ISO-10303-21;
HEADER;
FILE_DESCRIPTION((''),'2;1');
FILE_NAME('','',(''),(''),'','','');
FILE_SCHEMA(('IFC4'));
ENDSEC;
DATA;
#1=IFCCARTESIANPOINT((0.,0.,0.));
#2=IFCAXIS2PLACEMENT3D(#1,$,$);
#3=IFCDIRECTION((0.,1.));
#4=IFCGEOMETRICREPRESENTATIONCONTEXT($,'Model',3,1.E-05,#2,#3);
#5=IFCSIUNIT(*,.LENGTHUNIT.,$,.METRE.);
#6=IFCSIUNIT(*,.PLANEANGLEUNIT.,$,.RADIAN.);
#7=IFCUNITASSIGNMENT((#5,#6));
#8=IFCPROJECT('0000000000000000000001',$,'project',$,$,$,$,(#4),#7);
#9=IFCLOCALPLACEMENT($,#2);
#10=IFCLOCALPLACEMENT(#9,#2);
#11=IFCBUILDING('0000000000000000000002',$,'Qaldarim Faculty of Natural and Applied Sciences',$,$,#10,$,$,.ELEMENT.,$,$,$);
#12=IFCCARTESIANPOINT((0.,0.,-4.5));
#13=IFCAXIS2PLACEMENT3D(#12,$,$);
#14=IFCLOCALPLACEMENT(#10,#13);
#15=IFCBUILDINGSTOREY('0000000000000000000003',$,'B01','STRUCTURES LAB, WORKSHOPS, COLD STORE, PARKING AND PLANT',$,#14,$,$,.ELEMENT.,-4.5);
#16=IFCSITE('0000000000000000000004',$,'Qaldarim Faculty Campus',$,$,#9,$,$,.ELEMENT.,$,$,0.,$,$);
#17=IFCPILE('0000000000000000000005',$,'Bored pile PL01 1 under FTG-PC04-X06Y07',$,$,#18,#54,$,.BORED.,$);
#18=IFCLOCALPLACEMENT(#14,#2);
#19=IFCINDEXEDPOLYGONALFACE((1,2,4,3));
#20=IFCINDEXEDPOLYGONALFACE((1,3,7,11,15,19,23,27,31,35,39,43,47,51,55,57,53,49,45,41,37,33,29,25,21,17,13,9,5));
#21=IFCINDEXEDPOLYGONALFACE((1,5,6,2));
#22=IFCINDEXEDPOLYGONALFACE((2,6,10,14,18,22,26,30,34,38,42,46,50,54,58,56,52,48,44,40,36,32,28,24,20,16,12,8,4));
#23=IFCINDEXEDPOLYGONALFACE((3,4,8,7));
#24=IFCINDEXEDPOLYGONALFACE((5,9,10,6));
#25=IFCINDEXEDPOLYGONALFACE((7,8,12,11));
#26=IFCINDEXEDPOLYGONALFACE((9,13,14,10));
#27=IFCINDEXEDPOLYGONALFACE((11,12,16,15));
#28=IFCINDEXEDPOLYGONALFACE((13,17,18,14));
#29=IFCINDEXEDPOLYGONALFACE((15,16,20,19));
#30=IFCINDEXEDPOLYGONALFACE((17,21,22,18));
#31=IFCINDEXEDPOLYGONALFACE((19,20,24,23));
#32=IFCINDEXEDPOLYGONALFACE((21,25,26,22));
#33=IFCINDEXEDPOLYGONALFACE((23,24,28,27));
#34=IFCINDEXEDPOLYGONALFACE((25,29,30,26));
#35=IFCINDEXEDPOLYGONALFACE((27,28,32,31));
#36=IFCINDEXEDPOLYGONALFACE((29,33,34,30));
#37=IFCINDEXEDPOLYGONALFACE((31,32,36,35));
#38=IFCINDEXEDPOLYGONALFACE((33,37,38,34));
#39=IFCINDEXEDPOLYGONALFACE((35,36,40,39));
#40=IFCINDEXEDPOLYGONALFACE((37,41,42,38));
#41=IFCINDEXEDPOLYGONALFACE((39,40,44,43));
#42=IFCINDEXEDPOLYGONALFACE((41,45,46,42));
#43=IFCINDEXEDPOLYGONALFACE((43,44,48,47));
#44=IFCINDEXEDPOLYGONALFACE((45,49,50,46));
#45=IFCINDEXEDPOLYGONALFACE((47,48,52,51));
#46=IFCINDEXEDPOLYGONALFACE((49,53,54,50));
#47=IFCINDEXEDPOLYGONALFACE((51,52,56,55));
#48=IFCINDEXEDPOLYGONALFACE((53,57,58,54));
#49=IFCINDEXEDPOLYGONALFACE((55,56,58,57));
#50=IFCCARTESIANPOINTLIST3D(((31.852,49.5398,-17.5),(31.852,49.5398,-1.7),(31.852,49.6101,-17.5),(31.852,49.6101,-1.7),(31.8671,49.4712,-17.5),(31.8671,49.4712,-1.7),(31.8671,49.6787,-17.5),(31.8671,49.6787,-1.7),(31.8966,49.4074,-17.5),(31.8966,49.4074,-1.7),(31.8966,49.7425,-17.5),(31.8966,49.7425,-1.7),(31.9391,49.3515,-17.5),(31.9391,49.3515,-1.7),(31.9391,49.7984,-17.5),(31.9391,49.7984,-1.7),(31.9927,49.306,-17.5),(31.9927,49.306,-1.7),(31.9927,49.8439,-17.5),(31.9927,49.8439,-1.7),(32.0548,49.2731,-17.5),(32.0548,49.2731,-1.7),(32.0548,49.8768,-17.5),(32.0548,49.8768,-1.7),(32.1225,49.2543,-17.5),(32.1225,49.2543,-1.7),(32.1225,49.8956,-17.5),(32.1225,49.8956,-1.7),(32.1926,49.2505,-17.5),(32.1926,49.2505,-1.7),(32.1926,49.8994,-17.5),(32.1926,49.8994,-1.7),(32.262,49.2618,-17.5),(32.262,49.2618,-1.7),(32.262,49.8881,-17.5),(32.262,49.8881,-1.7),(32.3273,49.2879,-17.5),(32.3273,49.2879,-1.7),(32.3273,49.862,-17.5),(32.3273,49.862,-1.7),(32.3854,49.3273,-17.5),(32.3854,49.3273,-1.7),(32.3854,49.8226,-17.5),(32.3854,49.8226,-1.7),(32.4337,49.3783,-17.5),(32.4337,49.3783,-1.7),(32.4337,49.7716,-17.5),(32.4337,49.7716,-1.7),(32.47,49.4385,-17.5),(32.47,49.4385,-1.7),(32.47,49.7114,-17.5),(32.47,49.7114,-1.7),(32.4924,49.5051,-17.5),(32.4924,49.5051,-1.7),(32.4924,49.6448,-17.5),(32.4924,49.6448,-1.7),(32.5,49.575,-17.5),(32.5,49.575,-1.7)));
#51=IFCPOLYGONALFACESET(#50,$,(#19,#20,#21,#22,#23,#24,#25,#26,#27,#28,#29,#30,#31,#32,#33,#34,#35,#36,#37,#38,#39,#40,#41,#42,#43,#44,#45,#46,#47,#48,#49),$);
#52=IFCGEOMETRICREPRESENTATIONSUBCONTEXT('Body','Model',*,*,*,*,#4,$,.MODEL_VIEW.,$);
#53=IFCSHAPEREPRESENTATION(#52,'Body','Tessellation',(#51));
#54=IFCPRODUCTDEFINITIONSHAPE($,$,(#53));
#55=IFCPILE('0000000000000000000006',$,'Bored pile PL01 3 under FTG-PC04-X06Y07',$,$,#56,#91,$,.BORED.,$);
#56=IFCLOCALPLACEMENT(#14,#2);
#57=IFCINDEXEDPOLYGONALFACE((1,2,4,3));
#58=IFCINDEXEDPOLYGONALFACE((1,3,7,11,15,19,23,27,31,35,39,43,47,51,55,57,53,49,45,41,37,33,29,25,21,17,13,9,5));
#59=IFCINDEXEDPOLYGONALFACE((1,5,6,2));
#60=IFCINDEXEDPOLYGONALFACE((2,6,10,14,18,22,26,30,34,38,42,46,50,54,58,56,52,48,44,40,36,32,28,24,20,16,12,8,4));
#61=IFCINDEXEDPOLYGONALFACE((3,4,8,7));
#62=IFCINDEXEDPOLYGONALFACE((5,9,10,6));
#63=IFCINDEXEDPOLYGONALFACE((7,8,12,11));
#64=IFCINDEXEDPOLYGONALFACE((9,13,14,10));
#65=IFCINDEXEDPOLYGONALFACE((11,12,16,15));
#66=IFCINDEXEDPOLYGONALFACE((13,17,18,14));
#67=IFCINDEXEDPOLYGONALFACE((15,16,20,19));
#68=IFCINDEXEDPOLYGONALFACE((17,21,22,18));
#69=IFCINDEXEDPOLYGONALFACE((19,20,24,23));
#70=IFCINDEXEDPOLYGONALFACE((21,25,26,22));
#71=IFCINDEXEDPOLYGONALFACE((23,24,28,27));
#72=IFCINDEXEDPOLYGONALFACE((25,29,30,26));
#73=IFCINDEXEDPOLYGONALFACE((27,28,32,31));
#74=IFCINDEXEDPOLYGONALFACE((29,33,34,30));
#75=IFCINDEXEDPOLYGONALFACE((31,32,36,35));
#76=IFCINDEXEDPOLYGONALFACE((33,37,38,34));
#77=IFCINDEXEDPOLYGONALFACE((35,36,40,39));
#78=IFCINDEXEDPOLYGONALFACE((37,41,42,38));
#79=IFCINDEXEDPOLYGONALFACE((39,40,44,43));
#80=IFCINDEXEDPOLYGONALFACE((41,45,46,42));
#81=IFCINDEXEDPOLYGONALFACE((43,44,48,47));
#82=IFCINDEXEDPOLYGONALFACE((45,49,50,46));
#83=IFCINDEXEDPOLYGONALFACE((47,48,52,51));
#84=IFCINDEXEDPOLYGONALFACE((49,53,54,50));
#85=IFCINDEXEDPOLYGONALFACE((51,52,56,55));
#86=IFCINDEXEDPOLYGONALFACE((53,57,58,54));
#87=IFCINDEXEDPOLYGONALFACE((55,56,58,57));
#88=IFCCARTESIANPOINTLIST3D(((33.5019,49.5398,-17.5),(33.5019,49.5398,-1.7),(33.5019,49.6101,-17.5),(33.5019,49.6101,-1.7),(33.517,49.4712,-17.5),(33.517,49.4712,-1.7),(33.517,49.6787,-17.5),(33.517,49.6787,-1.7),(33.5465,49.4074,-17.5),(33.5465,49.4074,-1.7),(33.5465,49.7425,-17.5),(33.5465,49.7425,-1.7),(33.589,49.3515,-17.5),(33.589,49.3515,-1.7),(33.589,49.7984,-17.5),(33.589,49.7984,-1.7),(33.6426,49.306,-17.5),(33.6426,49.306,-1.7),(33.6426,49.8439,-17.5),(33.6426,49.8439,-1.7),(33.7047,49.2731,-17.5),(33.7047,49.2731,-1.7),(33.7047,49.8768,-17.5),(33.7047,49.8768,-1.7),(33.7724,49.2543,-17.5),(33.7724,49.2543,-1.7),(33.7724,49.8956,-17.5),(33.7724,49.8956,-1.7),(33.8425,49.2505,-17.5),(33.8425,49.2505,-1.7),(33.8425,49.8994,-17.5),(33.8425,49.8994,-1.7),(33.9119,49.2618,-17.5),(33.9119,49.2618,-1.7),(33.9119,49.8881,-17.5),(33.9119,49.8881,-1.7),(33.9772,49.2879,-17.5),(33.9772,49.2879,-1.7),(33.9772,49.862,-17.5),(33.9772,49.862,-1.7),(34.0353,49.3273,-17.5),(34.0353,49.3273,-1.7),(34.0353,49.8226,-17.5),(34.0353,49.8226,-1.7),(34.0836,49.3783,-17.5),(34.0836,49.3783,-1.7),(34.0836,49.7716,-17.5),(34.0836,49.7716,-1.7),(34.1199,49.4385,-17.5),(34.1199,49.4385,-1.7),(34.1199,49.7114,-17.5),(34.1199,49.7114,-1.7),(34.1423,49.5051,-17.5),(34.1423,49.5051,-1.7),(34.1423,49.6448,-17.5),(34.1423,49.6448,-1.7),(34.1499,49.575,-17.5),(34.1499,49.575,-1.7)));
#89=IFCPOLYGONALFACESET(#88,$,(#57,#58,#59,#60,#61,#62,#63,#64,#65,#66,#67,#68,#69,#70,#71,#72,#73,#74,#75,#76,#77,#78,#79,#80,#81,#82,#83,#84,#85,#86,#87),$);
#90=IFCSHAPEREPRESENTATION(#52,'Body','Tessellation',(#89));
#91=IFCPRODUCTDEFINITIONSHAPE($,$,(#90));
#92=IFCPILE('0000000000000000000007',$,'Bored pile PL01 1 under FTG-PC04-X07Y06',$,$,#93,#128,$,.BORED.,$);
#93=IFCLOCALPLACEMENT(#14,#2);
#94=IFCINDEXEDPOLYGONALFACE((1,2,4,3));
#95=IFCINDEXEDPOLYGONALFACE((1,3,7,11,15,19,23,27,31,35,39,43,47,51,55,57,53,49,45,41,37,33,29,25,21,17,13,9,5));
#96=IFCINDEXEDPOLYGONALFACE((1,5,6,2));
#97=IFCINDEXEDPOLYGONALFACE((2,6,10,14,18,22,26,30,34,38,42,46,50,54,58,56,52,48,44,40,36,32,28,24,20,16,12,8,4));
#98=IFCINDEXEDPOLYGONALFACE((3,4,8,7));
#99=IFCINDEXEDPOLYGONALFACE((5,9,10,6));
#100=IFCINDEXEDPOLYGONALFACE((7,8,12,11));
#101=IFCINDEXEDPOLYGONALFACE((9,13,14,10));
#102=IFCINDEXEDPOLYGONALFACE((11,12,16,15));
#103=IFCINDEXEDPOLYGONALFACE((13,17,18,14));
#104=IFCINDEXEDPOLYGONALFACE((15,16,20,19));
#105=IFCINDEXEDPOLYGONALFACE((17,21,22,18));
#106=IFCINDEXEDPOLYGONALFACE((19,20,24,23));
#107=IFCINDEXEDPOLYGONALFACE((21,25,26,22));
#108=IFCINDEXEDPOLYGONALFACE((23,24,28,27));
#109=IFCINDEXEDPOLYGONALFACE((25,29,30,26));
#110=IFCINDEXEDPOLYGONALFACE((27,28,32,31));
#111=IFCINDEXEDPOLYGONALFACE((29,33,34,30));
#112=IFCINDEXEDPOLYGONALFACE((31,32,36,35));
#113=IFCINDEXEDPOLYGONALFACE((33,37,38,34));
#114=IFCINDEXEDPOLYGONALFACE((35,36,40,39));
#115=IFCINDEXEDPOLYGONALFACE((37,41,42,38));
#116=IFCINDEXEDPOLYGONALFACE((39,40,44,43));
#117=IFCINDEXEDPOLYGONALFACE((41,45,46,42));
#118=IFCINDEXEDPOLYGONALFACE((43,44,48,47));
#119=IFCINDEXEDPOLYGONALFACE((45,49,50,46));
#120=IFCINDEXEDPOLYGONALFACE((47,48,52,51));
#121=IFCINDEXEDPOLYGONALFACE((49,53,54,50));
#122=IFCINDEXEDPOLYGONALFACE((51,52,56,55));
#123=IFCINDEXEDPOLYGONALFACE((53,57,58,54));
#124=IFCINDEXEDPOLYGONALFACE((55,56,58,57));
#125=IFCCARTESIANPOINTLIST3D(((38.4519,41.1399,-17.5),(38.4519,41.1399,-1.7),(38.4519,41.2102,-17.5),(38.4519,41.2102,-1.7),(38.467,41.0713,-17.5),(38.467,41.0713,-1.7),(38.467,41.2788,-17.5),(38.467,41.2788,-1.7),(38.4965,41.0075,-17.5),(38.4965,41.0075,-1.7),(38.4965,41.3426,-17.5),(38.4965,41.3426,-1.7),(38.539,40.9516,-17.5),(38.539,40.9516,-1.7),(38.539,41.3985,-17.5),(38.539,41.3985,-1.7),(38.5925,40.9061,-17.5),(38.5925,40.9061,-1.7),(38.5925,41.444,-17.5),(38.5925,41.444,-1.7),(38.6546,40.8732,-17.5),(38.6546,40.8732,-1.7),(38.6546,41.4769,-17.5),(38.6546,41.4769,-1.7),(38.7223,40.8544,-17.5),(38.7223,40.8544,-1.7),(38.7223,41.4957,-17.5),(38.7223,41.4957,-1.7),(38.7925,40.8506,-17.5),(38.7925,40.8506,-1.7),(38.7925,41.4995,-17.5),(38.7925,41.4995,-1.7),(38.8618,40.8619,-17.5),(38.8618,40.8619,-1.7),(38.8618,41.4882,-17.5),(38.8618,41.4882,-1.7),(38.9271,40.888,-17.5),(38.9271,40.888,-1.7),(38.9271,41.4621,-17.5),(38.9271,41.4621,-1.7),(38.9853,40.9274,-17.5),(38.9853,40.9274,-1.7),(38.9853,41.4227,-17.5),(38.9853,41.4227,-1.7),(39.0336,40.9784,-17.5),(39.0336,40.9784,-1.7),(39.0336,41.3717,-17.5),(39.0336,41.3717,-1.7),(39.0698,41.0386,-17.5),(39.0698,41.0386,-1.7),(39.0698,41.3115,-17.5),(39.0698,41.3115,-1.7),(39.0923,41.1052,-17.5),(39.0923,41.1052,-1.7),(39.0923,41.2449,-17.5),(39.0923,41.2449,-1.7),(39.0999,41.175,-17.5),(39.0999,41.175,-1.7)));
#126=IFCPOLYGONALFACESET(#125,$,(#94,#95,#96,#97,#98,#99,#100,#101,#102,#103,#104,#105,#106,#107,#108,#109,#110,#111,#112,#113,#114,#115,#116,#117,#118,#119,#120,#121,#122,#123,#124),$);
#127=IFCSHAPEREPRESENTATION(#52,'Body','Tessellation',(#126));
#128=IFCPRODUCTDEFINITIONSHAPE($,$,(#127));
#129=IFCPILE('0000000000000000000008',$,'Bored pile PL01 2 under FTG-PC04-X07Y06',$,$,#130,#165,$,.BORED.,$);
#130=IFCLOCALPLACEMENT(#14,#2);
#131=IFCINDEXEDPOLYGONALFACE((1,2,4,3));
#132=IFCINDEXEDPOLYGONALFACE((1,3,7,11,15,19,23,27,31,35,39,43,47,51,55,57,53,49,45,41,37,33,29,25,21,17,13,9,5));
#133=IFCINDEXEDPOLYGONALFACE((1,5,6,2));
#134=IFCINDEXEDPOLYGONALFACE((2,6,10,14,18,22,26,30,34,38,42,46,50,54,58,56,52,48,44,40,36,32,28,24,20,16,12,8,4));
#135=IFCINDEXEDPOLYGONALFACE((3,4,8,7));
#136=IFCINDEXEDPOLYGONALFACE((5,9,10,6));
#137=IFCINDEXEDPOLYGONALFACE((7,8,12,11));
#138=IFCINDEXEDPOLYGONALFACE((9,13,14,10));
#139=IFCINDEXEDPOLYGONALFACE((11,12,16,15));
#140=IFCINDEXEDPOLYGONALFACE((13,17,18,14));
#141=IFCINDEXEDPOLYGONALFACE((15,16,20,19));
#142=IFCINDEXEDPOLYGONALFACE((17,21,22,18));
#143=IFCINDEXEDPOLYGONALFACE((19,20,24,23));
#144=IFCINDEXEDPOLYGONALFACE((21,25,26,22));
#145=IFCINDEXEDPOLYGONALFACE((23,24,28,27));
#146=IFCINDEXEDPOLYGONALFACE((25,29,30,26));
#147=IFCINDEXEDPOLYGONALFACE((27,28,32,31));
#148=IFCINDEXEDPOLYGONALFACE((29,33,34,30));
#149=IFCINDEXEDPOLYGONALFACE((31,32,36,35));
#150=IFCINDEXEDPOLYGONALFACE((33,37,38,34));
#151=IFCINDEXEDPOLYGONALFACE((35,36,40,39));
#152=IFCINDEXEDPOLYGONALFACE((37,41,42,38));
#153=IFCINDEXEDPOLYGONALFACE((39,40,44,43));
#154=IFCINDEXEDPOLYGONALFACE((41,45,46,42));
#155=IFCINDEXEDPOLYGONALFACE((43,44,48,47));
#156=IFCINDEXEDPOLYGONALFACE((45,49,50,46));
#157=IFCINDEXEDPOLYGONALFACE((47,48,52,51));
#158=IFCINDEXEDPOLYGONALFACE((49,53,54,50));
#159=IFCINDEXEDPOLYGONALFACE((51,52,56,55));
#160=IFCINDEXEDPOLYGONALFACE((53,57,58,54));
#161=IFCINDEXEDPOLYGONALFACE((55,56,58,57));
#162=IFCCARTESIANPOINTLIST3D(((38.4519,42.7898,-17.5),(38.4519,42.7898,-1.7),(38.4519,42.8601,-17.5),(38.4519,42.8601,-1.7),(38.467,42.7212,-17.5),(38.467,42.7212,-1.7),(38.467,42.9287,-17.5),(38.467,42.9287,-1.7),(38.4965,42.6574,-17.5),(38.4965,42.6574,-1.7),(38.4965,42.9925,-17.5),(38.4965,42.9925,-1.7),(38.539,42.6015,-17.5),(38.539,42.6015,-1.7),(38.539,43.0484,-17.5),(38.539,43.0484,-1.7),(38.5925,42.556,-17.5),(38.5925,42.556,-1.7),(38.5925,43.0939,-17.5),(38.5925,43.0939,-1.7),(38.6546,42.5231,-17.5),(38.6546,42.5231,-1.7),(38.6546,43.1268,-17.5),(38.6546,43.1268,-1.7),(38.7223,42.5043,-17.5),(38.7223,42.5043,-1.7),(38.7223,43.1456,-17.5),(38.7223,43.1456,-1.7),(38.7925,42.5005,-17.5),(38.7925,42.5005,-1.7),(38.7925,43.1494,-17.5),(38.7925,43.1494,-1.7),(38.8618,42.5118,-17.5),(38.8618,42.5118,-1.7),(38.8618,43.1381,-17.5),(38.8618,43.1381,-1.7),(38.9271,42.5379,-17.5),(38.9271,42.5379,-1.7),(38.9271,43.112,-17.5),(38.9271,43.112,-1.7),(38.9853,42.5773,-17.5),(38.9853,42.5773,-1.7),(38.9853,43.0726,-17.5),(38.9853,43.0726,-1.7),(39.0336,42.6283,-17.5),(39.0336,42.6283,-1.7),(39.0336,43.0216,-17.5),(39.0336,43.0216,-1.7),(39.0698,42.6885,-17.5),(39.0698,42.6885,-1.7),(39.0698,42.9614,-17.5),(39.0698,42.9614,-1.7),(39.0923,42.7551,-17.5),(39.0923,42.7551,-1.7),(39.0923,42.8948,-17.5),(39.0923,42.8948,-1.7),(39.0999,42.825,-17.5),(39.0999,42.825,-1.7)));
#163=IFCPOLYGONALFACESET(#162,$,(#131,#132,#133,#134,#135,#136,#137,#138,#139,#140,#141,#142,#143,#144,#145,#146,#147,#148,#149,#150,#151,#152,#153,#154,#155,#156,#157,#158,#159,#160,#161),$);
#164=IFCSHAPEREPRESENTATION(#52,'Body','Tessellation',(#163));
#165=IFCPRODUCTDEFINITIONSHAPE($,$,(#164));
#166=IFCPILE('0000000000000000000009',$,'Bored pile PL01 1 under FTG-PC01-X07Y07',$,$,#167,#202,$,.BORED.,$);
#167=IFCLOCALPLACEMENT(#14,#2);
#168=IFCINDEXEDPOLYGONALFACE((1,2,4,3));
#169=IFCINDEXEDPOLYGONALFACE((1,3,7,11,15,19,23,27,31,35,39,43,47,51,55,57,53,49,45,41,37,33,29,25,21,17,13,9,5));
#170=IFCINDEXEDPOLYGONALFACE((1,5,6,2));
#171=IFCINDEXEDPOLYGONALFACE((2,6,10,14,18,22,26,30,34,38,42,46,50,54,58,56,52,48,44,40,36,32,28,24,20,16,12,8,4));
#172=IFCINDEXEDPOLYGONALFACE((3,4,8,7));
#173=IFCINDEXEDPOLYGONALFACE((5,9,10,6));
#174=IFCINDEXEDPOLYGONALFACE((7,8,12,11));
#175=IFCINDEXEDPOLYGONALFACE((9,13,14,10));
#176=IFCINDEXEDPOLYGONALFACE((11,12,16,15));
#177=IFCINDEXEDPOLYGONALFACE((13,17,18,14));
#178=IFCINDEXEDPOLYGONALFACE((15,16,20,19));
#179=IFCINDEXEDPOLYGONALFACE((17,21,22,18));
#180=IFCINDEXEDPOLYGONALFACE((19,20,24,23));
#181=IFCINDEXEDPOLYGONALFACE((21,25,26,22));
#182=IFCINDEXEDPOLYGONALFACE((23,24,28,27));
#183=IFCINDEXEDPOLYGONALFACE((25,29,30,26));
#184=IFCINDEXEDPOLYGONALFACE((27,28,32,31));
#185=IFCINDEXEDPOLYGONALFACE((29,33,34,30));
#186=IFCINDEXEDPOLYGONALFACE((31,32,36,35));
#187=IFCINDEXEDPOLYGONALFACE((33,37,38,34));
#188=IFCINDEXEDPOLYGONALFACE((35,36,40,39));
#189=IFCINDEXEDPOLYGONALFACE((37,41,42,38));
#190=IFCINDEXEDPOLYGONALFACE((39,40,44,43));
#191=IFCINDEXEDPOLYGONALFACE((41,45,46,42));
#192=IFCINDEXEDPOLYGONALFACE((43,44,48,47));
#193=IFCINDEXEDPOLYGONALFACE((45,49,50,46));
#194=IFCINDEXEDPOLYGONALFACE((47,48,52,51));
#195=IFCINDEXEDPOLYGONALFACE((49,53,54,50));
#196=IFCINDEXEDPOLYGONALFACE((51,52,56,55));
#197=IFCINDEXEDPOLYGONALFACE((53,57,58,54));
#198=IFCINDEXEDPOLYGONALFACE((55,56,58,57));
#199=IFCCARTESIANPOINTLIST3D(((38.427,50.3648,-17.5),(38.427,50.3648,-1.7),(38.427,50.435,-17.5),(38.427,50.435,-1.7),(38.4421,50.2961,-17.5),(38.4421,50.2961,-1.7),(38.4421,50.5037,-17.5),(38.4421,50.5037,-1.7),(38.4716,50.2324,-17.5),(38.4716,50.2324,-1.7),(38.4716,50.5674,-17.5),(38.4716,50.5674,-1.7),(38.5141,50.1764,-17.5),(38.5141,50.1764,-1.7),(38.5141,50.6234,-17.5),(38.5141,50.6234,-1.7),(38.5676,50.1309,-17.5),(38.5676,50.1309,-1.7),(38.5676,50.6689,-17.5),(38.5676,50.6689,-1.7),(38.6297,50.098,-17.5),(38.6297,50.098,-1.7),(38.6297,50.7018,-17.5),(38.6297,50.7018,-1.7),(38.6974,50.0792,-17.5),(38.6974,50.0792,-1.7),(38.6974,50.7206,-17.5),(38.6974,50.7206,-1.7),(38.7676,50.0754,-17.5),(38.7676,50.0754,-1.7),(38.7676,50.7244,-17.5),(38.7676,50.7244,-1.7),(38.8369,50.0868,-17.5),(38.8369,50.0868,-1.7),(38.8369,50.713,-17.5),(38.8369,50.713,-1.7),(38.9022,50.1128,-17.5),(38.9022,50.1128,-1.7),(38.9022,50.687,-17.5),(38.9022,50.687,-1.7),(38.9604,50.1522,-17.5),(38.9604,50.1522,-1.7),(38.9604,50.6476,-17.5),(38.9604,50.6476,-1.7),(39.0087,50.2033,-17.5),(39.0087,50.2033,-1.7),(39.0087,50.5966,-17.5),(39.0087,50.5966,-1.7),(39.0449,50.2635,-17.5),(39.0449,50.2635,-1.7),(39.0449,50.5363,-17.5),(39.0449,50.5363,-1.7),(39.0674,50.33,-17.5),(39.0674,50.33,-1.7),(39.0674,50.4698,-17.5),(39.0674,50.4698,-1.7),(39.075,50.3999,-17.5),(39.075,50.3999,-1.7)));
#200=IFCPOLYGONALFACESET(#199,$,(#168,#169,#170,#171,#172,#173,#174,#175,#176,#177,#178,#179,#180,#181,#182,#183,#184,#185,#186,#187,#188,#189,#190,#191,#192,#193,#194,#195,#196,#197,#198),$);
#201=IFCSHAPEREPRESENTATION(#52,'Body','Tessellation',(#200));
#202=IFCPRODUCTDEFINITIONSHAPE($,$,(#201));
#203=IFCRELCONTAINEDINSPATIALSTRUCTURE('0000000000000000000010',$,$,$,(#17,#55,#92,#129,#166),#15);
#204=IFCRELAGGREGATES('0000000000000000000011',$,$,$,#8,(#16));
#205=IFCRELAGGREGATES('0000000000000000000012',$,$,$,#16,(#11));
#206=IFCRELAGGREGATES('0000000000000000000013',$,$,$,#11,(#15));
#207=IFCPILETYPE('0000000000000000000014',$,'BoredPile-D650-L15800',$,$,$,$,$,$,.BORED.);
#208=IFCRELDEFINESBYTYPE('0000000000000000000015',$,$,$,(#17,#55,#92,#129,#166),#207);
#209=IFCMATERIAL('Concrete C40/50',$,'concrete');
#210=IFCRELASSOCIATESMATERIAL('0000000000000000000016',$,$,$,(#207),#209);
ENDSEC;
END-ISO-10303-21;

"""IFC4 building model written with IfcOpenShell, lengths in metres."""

from ifc_helpers import new_model, si_unit, direction, frame, origin, origin_2d, place, context, subcontext, project, spatial, circle, extrude, material, material_profile, profile_set, type_object, element, save


model = new_model("IFC4")

# Units and contexts
model_context = context("Model", 3, precision=1e-05, world=origin(), true_north=direction((0.0, 1.0)))
body_context = subcontext(model_context, "Body", "Model", "MODEL_VIEW")
ifc_project = project(units=[si_unit("LENGTHUNIT", "METRE"), si_unit("PLANEANGLEUNIT", "RADIAN")], contexts=[model_context])

# Site, building, storey
site_placement = place(None, origin())
site = spatial("IfcSite", under=ifc_project, at=site_placement, Name="Qaldarim Faculty Campus", CompositionType="ELEMENT", RefElevation=0.0)
building_placement = place(site_placement, origin())
building = spatial("IfcBuilding", under=site, at=building_placement, Name="Qaldarim Faculty of Natural and Applied Sciences", CompositionType="ELEMENT")
storey_placement = place(building_placement, frame((0.0, 0.0, -4.5)))
storey = spatial("IfcBuildingStorey", under=building, at=storey_placement, Name="B01", Description="STRUCTURES LAB, WORKSHOPS, COLD STORE, PARKING AND PLANT", CompositionType="ELEMENT", Elevation=-4.5)

# Piles
ifc_material_1 = material(Name="Concrete C40/50", Category="concrete")
ifc_material_profile_1 = material_profile(ifc_material_1, circle(Radius=0.325, at=origin_2d()), Name="PILE-D650")
ifc_profile_set_1 = profile_set([ifc_material_profile_1], Name="Concrete C40/50")
pile_type_1 = type_object("IfcPileType", Name="BoredPile-D650-L15800", PredefinedType="BORED", material=ifc_profile_set_1)
for number, where, z_axis, x_axis, name in (
    (1, (32.175, 49.575, -1.7), (0.0, 0.0, -1.0), (1.0, 0.0, 0.0), "Bored pile PL01 1 under FTG-PC04-X06Y07"),
    (2, (33.825, 49.575, -1.7), (0.0, 0.0, -1.0), (1.0, 0.0, 0.0), "Bored pile PL01 3 under FTG-PC04-X06Y07"),
    (3, (38.7749, 41.175, -1.7), (0.0, 0.0, -1.0), (1.0, 0.0, 0.0), "Bored pile PL01 1 under FTG-PC04-X07Y06"),
    (4, (38.7749, 42.825, -1.7), (0.0, 0.0, -1.0), (1.0, 0.0, 0.0), "Bored pile PL01 2 under FTG-PC04-X07Y06"),
    (5, (38.75, 50.3999, -1.7), (0.0, 0.0, -1.0), (1.0, 0.0, 0.0), "Bored pile PL01 1 under FTG-PC01-X07Y07"),
):
    element("IfcPile", number, at=place(storey_placement, frame(where, z_axis=z_axis, x_axis=x_axis)), inside=storey, type_object=pile_type_1, Name=name, PredefinedType="BORED", context=body_context, shape_type="SweptSolid", body=[
        extrude(circle(Radius=0.325, at=origin_2d()), origin(), (0.0, 0.0, 1.0), 15.8),
    ])

save(model, "model.ifc")
